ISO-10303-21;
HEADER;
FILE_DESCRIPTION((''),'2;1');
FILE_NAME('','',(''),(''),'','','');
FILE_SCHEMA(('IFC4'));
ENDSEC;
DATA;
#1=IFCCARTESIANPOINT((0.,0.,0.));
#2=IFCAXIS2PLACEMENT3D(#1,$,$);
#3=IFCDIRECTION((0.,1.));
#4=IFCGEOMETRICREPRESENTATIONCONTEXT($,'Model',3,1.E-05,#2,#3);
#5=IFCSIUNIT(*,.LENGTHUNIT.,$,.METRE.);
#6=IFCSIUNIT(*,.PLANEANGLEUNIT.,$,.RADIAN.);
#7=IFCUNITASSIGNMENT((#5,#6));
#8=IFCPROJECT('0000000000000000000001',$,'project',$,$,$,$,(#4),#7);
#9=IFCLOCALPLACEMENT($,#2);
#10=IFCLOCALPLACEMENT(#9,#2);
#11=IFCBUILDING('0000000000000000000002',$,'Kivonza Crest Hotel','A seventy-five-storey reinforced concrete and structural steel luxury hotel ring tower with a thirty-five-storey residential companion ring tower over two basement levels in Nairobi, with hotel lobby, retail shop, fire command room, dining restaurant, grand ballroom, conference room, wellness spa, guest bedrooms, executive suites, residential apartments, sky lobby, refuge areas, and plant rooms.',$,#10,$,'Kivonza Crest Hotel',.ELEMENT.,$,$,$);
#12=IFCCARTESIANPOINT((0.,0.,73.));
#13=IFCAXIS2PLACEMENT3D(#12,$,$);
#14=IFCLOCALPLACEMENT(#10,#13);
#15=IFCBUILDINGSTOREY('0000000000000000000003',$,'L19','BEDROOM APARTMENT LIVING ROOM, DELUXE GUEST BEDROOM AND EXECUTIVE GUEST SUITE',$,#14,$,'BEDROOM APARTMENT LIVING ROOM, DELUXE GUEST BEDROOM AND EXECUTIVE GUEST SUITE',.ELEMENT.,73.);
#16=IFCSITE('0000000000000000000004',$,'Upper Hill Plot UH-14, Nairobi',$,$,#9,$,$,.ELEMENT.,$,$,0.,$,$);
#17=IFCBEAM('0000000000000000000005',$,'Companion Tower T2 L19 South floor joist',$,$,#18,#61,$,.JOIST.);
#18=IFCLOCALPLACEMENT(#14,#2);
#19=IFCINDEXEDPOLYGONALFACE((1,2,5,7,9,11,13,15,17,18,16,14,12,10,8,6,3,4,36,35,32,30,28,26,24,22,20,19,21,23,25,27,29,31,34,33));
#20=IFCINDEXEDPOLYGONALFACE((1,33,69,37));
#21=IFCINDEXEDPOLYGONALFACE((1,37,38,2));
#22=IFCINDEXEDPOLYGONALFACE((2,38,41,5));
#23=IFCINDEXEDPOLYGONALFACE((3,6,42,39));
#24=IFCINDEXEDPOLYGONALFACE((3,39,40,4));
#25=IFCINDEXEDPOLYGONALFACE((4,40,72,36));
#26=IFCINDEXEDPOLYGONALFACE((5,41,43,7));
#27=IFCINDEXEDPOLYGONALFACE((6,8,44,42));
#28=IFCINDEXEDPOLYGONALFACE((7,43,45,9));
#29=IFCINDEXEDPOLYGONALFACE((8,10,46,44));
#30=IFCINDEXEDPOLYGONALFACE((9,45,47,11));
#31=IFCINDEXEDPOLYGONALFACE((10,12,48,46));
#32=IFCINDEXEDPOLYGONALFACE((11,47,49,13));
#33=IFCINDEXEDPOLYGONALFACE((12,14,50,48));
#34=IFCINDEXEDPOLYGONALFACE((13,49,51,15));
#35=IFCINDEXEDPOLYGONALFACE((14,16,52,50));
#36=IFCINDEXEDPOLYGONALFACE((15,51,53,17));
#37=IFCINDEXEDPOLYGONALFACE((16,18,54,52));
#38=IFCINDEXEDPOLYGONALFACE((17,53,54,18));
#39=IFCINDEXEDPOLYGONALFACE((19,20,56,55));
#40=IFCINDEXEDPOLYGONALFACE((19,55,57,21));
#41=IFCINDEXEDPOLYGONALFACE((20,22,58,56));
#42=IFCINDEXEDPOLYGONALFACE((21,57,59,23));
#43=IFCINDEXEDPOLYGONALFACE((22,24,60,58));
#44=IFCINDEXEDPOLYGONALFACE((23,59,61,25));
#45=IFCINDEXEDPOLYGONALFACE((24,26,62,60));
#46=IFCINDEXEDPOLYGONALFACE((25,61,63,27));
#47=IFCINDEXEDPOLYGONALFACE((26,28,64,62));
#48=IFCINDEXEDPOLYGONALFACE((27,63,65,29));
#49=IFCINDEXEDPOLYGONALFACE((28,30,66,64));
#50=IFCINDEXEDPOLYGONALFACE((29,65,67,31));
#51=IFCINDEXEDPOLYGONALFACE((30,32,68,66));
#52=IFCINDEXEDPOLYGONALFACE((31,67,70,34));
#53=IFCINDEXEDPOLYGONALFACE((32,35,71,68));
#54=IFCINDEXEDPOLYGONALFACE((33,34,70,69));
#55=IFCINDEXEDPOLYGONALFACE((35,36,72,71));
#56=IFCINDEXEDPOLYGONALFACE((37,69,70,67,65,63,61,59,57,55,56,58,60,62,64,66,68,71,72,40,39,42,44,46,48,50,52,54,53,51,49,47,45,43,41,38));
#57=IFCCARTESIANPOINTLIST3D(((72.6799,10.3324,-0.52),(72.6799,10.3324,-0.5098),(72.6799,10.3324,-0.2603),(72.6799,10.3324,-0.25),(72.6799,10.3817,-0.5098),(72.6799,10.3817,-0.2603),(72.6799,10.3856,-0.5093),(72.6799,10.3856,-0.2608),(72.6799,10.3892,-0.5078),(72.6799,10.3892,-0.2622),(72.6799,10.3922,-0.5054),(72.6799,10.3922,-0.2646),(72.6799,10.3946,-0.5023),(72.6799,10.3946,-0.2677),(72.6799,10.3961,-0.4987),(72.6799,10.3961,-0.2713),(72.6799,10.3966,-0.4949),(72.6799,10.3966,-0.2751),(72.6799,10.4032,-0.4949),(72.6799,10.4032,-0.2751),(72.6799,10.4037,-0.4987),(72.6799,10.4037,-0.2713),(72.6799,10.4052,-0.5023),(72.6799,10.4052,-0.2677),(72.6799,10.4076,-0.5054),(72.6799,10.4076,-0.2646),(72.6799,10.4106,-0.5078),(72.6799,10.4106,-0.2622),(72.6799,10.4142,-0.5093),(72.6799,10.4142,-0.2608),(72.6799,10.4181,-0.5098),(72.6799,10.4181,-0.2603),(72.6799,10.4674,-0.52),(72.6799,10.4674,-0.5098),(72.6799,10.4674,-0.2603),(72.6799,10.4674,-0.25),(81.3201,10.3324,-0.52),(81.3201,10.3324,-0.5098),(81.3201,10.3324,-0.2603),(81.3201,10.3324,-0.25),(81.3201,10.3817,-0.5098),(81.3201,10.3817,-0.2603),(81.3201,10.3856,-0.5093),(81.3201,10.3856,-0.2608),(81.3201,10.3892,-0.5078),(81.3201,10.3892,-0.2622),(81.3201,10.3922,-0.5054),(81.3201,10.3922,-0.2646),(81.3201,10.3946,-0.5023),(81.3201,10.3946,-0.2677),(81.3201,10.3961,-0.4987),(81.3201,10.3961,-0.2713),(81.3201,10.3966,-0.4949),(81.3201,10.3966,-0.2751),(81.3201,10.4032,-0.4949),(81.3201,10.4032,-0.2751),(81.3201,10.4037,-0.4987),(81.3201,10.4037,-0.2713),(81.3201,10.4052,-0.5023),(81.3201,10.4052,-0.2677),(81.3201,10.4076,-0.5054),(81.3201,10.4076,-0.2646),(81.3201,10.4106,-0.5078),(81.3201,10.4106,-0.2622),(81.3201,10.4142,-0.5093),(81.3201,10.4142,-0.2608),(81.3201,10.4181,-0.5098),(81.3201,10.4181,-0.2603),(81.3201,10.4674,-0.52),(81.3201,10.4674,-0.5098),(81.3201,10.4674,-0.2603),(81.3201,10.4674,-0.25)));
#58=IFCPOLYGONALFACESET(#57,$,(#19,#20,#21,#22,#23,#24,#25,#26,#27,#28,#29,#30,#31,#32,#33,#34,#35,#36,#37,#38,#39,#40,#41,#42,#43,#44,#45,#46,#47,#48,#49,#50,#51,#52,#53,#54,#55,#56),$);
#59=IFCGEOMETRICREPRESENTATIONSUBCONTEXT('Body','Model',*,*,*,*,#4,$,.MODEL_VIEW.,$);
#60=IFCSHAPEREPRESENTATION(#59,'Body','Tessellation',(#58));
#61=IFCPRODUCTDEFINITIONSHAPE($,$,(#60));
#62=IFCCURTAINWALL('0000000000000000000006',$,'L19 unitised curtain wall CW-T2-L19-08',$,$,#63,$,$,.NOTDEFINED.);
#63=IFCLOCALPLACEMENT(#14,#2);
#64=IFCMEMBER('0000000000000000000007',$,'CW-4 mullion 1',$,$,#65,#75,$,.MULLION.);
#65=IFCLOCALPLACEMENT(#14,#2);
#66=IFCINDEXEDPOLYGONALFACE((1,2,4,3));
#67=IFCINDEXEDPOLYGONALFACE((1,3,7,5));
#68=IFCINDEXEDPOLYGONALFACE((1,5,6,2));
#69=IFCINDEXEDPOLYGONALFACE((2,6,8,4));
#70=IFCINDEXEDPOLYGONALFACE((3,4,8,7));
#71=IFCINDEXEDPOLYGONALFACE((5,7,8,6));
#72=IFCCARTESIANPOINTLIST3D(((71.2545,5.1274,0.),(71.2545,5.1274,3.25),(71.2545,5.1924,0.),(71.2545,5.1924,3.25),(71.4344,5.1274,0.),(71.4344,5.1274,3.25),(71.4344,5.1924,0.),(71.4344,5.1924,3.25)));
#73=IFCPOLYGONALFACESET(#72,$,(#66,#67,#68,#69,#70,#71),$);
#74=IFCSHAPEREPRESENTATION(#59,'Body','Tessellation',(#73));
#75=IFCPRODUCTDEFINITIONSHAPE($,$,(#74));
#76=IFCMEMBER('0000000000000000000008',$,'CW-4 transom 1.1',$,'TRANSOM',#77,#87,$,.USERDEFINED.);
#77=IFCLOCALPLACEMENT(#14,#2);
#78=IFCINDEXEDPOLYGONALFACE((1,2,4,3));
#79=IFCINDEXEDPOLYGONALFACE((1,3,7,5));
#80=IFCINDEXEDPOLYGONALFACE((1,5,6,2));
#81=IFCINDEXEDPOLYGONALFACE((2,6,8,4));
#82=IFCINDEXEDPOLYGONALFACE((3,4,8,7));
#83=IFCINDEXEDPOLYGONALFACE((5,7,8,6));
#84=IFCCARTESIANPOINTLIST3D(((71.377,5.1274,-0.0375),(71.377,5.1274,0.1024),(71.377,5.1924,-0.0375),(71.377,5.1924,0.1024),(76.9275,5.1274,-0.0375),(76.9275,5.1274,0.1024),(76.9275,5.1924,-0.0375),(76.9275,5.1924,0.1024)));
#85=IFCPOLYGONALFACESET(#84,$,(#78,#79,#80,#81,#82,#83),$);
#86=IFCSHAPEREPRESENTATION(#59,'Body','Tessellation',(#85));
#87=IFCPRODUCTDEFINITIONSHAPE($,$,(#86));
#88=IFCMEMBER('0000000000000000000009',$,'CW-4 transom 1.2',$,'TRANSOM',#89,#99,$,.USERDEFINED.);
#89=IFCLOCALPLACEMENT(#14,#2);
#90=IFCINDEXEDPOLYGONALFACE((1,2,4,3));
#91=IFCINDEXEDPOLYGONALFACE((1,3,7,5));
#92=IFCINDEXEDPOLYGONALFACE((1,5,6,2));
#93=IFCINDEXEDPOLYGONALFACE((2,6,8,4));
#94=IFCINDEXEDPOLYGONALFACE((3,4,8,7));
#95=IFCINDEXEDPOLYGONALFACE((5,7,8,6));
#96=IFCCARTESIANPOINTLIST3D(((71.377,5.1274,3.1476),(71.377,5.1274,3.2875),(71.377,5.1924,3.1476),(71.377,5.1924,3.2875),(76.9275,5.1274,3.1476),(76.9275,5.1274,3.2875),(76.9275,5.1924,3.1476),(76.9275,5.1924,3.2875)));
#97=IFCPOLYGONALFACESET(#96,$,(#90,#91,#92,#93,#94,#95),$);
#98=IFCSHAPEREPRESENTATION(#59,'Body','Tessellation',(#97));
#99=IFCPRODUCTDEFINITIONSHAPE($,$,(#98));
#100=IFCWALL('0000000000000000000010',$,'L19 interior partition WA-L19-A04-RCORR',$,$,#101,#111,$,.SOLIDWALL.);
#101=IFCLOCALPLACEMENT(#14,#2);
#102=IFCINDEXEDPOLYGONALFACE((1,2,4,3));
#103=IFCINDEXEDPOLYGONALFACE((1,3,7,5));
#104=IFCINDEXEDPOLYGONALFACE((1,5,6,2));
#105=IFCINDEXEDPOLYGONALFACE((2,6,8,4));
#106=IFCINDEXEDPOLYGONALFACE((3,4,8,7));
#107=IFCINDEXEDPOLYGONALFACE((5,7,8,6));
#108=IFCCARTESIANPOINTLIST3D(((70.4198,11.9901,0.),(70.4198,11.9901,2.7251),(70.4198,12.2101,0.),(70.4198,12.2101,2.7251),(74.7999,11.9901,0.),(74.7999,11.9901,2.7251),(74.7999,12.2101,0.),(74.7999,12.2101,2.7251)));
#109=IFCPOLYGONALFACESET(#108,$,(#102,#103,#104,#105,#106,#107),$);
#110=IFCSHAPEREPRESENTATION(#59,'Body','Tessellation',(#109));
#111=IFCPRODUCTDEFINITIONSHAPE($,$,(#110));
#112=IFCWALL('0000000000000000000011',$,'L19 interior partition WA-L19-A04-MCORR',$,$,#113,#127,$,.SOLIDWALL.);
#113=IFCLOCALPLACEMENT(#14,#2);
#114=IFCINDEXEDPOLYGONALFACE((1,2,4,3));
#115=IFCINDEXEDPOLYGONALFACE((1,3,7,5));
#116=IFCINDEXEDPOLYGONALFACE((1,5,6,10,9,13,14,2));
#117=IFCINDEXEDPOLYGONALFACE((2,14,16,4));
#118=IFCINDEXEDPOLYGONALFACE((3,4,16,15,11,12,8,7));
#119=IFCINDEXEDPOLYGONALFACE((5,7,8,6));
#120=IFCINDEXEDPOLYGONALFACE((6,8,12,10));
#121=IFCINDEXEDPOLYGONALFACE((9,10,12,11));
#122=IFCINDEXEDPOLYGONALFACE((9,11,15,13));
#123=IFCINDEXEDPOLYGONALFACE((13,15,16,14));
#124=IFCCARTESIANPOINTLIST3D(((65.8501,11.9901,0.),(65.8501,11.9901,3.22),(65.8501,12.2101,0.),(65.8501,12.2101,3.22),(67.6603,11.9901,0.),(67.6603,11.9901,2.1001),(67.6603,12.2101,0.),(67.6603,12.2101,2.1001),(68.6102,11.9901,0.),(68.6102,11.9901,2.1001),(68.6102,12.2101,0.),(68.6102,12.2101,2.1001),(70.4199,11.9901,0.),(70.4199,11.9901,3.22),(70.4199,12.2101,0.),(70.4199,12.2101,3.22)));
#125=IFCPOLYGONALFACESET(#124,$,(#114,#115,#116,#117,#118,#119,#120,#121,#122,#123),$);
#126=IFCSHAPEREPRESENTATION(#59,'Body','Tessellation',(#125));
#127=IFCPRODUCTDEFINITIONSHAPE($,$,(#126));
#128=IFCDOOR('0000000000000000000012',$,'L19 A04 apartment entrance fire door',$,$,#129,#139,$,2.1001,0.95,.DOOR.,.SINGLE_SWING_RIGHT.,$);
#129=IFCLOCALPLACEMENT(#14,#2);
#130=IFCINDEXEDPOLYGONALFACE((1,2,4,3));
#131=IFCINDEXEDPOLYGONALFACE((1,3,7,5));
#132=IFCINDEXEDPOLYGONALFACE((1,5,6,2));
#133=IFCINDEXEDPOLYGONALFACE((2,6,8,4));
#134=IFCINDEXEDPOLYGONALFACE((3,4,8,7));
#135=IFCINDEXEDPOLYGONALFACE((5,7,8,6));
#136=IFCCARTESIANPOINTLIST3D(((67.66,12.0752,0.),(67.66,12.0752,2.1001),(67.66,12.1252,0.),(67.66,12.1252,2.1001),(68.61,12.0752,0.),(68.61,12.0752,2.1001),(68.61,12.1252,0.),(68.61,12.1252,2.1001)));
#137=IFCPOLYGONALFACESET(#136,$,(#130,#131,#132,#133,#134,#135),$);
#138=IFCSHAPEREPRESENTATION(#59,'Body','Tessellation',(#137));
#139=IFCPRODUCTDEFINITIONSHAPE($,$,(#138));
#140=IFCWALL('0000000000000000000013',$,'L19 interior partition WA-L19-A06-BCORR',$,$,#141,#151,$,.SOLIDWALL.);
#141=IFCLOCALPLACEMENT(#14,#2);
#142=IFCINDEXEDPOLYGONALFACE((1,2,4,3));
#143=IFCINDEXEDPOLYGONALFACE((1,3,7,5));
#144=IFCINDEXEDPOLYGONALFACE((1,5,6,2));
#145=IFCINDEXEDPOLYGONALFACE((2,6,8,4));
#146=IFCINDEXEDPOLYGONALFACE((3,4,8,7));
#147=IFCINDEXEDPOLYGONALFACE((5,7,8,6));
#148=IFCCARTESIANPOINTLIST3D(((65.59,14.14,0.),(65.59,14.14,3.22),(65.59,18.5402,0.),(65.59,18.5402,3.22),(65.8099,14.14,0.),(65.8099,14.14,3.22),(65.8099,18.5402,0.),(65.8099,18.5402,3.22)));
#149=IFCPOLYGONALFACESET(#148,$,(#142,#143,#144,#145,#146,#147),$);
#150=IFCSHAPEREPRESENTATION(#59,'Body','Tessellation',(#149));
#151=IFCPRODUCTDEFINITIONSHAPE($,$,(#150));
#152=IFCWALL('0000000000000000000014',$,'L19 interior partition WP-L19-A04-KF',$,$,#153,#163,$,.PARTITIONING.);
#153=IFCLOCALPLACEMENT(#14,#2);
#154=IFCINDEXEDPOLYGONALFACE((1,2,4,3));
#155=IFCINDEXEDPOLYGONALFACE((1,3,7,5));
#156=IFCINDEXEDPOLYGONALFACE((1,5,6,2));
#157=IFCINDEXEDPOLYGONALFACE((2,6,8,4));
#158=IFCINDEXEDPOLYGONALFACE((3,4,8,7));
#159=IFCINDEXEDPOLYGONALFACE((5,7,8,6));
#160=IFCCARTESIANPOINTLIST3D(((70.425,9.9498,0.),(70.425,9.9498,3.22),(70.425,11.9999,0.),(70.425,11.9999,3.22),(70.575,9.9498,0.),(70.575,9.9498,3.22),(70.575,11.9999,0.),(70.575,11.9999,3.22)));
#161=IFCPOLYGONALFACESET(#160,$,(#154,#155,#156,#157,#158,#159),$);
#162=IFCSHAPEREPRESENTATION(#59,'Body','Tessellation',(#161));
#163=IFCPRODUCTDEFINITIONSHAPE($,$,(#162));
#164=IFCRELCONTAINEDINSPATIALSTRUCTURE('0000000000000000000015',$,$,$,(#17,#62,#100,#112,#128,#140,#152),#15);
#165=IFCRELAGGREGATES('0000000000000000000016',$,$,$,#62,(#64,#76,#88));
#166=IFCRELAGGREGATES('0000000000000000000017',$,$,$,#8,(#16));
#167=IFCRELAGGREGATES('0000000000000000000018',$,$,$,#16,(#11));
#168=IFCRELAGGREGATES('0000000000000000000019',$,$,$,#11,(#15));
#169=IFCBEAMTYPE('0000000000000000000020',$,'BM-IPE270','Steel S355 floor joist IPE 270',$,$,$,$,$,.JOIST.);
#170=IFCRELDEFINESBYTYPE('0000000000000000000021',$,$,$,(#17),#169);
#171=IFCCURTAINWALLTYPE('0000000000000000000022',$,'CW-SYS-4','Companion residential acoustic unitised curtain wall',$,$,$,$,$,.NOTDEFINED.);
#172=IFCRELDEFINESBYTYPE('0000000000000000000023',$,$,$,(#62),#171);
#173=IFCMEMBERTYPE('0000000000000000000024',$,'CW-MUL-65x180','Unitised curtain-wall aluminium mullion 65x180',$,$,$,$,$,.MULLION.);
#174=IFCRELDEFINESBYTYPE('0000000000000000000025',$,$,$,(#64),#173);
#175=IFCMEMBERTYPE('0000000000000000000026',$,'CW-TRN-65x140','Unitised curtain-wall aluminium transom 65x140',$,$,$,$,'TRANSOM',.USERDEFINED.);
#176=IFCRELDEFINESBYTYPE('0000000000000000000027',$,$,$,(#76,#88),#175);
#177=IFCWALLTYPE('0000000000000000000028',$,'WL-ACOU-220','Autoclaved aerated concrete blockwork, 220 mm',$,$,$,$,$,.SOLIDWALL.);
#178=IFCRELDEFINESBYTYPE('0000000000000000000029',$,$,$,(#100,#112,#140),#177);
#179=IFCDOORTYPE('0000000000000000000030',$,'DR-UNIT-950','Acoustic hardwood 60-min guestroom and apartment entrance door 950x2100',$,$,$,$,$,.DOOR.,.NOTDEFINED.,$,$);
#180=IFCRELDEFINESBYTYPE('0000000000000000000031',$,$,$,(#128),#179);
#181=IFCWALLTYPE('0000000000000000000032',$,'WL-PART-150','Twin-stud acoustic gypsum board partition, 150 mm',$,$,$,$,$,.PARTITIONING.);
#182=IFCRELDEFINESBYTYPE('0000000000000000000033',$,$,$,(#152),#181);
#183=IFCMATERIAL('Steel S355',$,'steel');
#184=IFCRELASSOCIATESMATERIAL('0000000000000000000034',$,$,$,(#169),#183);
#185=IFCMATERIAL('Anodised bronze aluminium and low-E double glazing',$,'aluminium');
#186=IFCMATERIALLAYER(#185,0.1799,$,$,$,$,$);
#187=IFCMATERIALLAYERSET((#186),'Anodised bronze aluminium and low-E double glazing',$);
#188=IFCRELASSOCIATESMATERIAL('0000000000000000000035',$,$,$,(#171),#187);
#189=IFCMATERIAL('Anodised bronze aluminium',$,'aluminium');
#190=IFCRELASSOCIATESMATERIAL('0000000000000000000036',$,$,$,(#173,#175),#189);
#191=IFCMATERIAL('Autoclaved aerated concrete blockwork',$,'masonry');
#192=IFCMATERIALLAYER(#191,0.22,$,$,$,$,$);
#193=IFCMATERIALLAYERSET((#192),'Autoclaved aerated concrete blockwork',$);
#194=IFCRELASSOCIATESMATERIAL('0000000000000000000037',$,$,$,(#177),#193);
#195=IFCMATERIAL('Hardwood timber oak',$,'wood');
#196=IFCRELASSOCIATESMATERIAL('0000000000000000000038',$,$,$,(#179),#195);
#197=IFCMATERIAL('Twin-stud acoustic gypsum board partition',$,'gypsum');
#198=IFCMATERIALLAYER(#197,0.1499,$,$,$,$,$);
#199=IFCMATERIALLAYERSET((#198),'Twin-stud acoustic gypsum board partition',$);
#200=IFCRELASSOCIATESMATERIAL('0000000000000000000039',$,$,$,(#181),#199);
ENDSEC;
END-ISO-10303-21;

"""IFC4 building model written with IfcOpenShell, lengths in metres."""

from ifc_helpers import new_model, si_unit, direction, frame, frame_2d, origin, origin_2d, place, context, subcontext, project, spatial, rectangle, i_section, extrude, material, layer, layer_set, material_profile, profile_set, type_object, element, fill, aggregate, save


model = new_model("IFC4")

# Units and contexts
model_context = context("Model", 3, precision=1e-05, world=origin(), true_north=direction((0.0, 1.0)))
body_context = subcontext(model_context, "Body", "Model", "MODEL_VIEW")
ifc_project = project(units=[si_unit("LENGTHUNIT", "METRE"), si_unit("PLANEANGLEUNIT", "RADIAN")], contexts=[model_context])

# Site, building, storey
site_placement = place(None, origin())
site = spatial("IfcSite", under=ifc_project, at=site_placement, Name="Upper Hill Plot UH-14, Nairobi", CompositionType="ELEMENT", RefElevation=0.0)
building_placement = place(site_placement, origin())
building = spatial("IfcBuilding", under=site, at=building_placement, Name="Kivonza Crest Hotel", Description="A seventy-five-storey reinforced concrete and structural steel luxury hotel ring tower with a thirty-five-storey residential companion ring tower over two basement levels in Nairobi, with hotel lobby, retail shop, fire command room, dining restaurant, grand ballroom, conference room, wellness spa, guest bedrooms, executive suites, residential apartments, sky lobby, refuge areas, and plant rooms.", LongName="Kivonza Crest Hotel", CompositionType="ELEMENT")
storey_placement = place(building_placement, frame((0.0, 0.0, 73.0)))
storey = spatial("IfcBuildingStorey", under=building, at=storey_placement, Name="L19", Description="BEDROOM APARTMENT LIVING ROOM, DELUXE GUEST BEDROOM AND EXECUTIVE GUEST SUITE", LongName="BEDROOM APARTMENT LIVING ROOM, DELUXE GUEST BEDROOM AND EXECUTIVE GUEST SUITE", CompositionType="ELEMENT", Elevation=73.0)

# Beam
ifc_material_1 = material(Name="Steel S355", Category="steel")
ifc_material_profile_1 = material_profile(ifc_material_1, i_section(OverallWidth=0.135, OverallDepth=0.27, WebThickness=0.0066, FlangeThickness=0.0103, FilletRadius=0.0149, at=origin_2d()), Name="IPE 270")
ifc_profile_set_1 = profile_set([ifc_material_profile_1], Name="Steel S355")
beam_type_1 = type_object("IfcBeamType", Name="BM-IPE270", Description="Steel S355 floor joist IPE 270", PredefinedType="JOIST", material=ifc_profile_set_1)
beam_1_placement = place(storey_placement, frame((72.6799, 10.3999, -0.385), z_axis=(1.0, 0.0, 0.0), x_axis=(0.0, 1.0, 0.0)))
element("IfcBeam", 1, at=beam_1_placement, inside=storey, type_object=beam_type_1, Name="Companion Tower T2 L19 South floor joist", PredefinedType="JOIST", context=body_context, shape_type="SweptSolid", body=[
    extrude(i_section(OverallWidth=0.135, OverallDepth=0.27, WebThickness=0.0066, FlangeThickness=0.0103, FilletRadius=0.0149, at=origin_2d()), origin(), (0.0, 0.0, 1.0), 8.6401),
])

# Curtain wall, members
ifc_material_2 = material(Name="Anodised bronze aluminium and low-E double glazing", Category="aluminium")
ifc_layer_1 = layer(ifc_material_2, 0.1799)
ifc_layer_set_1 = layer_set([ifc_layer_1], Name="Anodised bronze aluminium and low-E double glazing")
curtain_wall_type = type_object("IfcCurtainWallType", Name="CW-SYS-4", Description="Companion residential acoustic unitised curtain wall", PredefinedType="NOTDEFINED", material=ifc_layer_set_1)
curtain_wall_placement = place(storey_placement, origin())
curtain_wall = element("IfcCurtainWall", 2, at=curtain_wall_placement, inside=storey, type_object=curtain_wall_type, Name="L19 unitised curtain wall CW-T2-L19-08", PredefinedType="NOTDEFINED")
ifc_material_3 = material(Name="Anodised bronze aluminium", Category="aluminium")
ifc_material_profile_2 = material_profile(ifc_material_3, rectangle(XDim=0.0649, YDim=0.1799, at=origin_2d()), Name="CW-M 65x180")
ifc_profile_set_2 = profile_set([ifc_material_profile_2], Name="Anodised bronze aluminium")
member_type_1 = type_object("IfcMemberType", Name="CW-MUL-65x180", Description="Unitised curtain-wall aluminium mullion 65x180", PredefinedType="MULLION", material=ifc_profile_set_2)
member_1_placement = place(storey_placement, frame((71.3445, 5.1599, 0.0), z_axis=(0.0, 0.0, 1.0), x_axis=(0.0, 1.0, 0.0)))
member_1 = element("IfcMember", 3, at=member_1_placement, type_object=member_type_1, Name="CW-4 mullion 1", PredefinedType="MULLION", context=body_context, shape_type="SweptSolid", body=[
    extrude(rectangle(XDim=0.0649, YDim=0.1799, at=origin_2d()), origin(), (0.0, 0.0, 1.0), 3.25),
])
ifc_material_profile_3 = material_profile(ifc_material_3, rectangle(XDim=0.0649, YDim=0.1399, at=origin_2d()), Name="CW-T 65x140")
ifc_profile_set_3 = profile_set([ifc_material_profile_3], Name="Anodised bronze aluminium")
member_type_2 = type_object("IfcMemberType", Name="CW-TRN-65x140", Description="Unitised curtain-wall aluminium transom 65x140", ElementType="TRANSOM", PredefinedType="USERDEFINED", material=ifc_profile_set_3)
member_2_placement = place(storey_placement, frame((71.377, 5.1599, 0.0325), z_axis=(1.0, 0.0, 0.0), x_axis=(0.0, 1.0, 0.0)))
member_2 = element("IfcMember", 4, at=member_2_placement, type_object=member_type_2, Name="CW-4 transom 1.1", ObjectType="TRANSOM", PredefinedType="USERDEFINED", context=body_context, shape_type="SweptSolid", body=[
    extrude(rectangle(XDim=0.0649, YDim=0.1399, at=origin_2d()), origin(), (0.0, 0.0, 1.0), 5.5505),
])
member_3_placement = place(storey_placement, frame((71.377, 5.1599, 3.2175), z_axis=(1.0, 0.0, 0.0), x_axis=(0.0, 1.0, 0.0)))
member_3 = element("IfcMember", 5, at=member_3_placement, type_object=member_type_2, Name="CW-4 transom 1.2", ObjectType="TRANSOM", PredefinedType="USERDEFINED", context=body_context, shape_type="SweptSolid", body=[
    extrude(rectangle(XDim=0.0649, YDim=0.1399, at=origin_2d()), origin(), (0.0, 0.0, 1.0), 5.5505),
])
aggregate(curtain_wall, [member_1, member_2, member_3])

# Wall
ifc_material_4 = material(Name="Autoclaved aerated concrete blockwork", Category="masonry")
ifc_layer_2 = layer(ifc_material_4, 0.22)
ifc_layer_set_2 = layer_set([ifc_layer_2], Name="Autoclaved aerated concrete blockwork")
wall_type_1 = type_object("IfcWallType", Name="WL-ACOU-220", Description="Autoclaved aerated concrete blockwork, 220 mm", PredefinedType="SOLIDWALL", material=ifc_layer_set_2)
wall_1_placement = place(storey_placement, frame((70.4199, 12.1001, 0.0), z_axis=(0.0, 0.0, 1.0), x_axis=(1.0, 0.0, 0.0)))
element("IfcWall", 6, at=wall_1_placement, inside=storey, type_object=wall_type_1, Name="L19 interior partition WA-L19-A04-RCORR", PredefinedType="SOLIDWALL", context=body_context, shape_type="SweptSolid", body=[
    extrude(rectangle(XDim=4.3801, YDim=0.22, at=frame_2d((2.1899, 0.0))), origin(), (0.0, 0.0, 1.0), 2.7251),
])

# Wall, opening, door
wall_2_placement = place(storey_placement, frame((65.8501, 12.1001, 0.0), z_axis=(0.0, 0.0, 1.0), x_axis=(1.0, 0.0, 0.0)))
wall_2 = element("IfcWall", 7, at=wall_2_placement, inside=storey, type_object=wall_type_1, Name="L19 interior partition WA-L19-A04-MCORR", PredefinedType="SOLIDWALL", context=body_context, shape_type="SweptSolid", body=[
    extrude(rectangle(XDim=4.5698, YDim=0.22, at=frame_2d((2.2849, 0.0))), origin(), (0.0, 0.0, 1.0), 3.22),
])
opening_1_placement = place(wall_2_placement, frame((1.8101, 0.0, 0.0)))
opening_1 = element("IfcOpeningElement", 8, at=opening_1_placement, cuts=wall_2, PredefinedType="OPENING", context=body_context, shape_type="SweptSolid", body=[
    extrude(rectangle(XDim=0.95, YDim=2.1001, at=frame_2d((0.4751, 1.05))), frame((0.0, 0.1201, 0.0), z_axis=(0.0, -1.0, 0.0), x_axis=(1.0, 0.0, 0.0)), (0.0, 0.0, 1.0), 0.24),
])
ifc_material_5 = material(Name="Hardwood timber oak", Category="wood")
door_type_1 = type_object("IfcDoorType", Name="DR-UNIT-950", Description="Acoustic hardwood 60-min guestroom and apartment entrance door 950x2100", OperationType="NOTDEFINED", PredefinedType="DOOR", material=ifc_material_5)
door_1_placement = place(opening_1_placement, frame((0.95, 0.0, 0.0), z_axis=(0.0, 0.0, 1.0), x_axis=(-1.0, 0.0, 0.0)))
door_1 = element("IfcDoor", 9, at=door_1_placement, inside=storey, type_object=door_type_1, Name="L19 A04 apartment entrance fire door", OperationType="SINGLE_SWING_RIGHT", OverallHeight=2.1001, OverallWidth=0.95, PredefinedType="DOOR", context=body_context, shape_type="SweptSolid", body=[
    extrude(rectangle(XDim=0.95, YDim=2.1001, at=frame_2d((0.4751, 1.05))), frame((0.0, 0.0249, 0.0), z_axis=(0.0, -1.0, 0.0), x_axis=(1.0, 0.0, 0.0)), (0.0, 0.0, 1.0), 0.05),
])
fill(opening_1, door_1)

# Walls
wall_3_placement = place(storey_placement, frame((65.7, 14.1399, 0.0), z_axis=(0.0, 0.0, 1.0), x_axis=(0.0, 1.0, 0.0)))
element("IfcWall", 10, at=wall_3_placement, inside=storey, type_object=wall_type_1, Name="L19 interior partition WA-L19-A06-BCORR", PredefinedType="SOLIDWALL", context=body_context, shape_type="SweptSolid", body=[
    extrude(rectangle(XDim=4.4001, YDim=0.22, at=frame_2d((2.2002, 0.0))), origin(), (0.0, 0.0, 1.0), 3.22),
])
ifc_material_6 = material(Name="Twin-stud acoustic gypsum board partition", Category="gypsum")
ifc_layer_3 = layer(ifc_material_6, 0.1499)
ifc_layer_set_3 = layer_set([ifc_layer_3], Name="Twin-stud acoustic gypsum board partition")
wall_type_2 = type_object("IfcWallType", Name="WL-PART-150", Description="Twin-stud acoustic gypsum board partition, 150 mm", PredefinedType="PARTITIONING", material=ifc_layer_set_3)
wall_4_placement = place(storey_placement, frame((70.5, 9.95, 0.0), z_axis=(0.0, 0.0, 1.0), x_axis=(0.0, 1.0, 0.0)))
element("IfcWall", 11, at=wall_4_placement, inside=storey, type_object=wall_type_2, Name="L19 interior partition WP-L19-A04-KF", PredefinedType="PARTITIONING", context=body_context, shape_type="SweptSolid", body=[
    extrude(rectangle(XDim=2.05, YDim=0.1499, at=frame_2d((1.0249, 0.0))), origin(), (0.0, 0.0, 1.0), 3.22),
])

save(model, "model.ifc")
